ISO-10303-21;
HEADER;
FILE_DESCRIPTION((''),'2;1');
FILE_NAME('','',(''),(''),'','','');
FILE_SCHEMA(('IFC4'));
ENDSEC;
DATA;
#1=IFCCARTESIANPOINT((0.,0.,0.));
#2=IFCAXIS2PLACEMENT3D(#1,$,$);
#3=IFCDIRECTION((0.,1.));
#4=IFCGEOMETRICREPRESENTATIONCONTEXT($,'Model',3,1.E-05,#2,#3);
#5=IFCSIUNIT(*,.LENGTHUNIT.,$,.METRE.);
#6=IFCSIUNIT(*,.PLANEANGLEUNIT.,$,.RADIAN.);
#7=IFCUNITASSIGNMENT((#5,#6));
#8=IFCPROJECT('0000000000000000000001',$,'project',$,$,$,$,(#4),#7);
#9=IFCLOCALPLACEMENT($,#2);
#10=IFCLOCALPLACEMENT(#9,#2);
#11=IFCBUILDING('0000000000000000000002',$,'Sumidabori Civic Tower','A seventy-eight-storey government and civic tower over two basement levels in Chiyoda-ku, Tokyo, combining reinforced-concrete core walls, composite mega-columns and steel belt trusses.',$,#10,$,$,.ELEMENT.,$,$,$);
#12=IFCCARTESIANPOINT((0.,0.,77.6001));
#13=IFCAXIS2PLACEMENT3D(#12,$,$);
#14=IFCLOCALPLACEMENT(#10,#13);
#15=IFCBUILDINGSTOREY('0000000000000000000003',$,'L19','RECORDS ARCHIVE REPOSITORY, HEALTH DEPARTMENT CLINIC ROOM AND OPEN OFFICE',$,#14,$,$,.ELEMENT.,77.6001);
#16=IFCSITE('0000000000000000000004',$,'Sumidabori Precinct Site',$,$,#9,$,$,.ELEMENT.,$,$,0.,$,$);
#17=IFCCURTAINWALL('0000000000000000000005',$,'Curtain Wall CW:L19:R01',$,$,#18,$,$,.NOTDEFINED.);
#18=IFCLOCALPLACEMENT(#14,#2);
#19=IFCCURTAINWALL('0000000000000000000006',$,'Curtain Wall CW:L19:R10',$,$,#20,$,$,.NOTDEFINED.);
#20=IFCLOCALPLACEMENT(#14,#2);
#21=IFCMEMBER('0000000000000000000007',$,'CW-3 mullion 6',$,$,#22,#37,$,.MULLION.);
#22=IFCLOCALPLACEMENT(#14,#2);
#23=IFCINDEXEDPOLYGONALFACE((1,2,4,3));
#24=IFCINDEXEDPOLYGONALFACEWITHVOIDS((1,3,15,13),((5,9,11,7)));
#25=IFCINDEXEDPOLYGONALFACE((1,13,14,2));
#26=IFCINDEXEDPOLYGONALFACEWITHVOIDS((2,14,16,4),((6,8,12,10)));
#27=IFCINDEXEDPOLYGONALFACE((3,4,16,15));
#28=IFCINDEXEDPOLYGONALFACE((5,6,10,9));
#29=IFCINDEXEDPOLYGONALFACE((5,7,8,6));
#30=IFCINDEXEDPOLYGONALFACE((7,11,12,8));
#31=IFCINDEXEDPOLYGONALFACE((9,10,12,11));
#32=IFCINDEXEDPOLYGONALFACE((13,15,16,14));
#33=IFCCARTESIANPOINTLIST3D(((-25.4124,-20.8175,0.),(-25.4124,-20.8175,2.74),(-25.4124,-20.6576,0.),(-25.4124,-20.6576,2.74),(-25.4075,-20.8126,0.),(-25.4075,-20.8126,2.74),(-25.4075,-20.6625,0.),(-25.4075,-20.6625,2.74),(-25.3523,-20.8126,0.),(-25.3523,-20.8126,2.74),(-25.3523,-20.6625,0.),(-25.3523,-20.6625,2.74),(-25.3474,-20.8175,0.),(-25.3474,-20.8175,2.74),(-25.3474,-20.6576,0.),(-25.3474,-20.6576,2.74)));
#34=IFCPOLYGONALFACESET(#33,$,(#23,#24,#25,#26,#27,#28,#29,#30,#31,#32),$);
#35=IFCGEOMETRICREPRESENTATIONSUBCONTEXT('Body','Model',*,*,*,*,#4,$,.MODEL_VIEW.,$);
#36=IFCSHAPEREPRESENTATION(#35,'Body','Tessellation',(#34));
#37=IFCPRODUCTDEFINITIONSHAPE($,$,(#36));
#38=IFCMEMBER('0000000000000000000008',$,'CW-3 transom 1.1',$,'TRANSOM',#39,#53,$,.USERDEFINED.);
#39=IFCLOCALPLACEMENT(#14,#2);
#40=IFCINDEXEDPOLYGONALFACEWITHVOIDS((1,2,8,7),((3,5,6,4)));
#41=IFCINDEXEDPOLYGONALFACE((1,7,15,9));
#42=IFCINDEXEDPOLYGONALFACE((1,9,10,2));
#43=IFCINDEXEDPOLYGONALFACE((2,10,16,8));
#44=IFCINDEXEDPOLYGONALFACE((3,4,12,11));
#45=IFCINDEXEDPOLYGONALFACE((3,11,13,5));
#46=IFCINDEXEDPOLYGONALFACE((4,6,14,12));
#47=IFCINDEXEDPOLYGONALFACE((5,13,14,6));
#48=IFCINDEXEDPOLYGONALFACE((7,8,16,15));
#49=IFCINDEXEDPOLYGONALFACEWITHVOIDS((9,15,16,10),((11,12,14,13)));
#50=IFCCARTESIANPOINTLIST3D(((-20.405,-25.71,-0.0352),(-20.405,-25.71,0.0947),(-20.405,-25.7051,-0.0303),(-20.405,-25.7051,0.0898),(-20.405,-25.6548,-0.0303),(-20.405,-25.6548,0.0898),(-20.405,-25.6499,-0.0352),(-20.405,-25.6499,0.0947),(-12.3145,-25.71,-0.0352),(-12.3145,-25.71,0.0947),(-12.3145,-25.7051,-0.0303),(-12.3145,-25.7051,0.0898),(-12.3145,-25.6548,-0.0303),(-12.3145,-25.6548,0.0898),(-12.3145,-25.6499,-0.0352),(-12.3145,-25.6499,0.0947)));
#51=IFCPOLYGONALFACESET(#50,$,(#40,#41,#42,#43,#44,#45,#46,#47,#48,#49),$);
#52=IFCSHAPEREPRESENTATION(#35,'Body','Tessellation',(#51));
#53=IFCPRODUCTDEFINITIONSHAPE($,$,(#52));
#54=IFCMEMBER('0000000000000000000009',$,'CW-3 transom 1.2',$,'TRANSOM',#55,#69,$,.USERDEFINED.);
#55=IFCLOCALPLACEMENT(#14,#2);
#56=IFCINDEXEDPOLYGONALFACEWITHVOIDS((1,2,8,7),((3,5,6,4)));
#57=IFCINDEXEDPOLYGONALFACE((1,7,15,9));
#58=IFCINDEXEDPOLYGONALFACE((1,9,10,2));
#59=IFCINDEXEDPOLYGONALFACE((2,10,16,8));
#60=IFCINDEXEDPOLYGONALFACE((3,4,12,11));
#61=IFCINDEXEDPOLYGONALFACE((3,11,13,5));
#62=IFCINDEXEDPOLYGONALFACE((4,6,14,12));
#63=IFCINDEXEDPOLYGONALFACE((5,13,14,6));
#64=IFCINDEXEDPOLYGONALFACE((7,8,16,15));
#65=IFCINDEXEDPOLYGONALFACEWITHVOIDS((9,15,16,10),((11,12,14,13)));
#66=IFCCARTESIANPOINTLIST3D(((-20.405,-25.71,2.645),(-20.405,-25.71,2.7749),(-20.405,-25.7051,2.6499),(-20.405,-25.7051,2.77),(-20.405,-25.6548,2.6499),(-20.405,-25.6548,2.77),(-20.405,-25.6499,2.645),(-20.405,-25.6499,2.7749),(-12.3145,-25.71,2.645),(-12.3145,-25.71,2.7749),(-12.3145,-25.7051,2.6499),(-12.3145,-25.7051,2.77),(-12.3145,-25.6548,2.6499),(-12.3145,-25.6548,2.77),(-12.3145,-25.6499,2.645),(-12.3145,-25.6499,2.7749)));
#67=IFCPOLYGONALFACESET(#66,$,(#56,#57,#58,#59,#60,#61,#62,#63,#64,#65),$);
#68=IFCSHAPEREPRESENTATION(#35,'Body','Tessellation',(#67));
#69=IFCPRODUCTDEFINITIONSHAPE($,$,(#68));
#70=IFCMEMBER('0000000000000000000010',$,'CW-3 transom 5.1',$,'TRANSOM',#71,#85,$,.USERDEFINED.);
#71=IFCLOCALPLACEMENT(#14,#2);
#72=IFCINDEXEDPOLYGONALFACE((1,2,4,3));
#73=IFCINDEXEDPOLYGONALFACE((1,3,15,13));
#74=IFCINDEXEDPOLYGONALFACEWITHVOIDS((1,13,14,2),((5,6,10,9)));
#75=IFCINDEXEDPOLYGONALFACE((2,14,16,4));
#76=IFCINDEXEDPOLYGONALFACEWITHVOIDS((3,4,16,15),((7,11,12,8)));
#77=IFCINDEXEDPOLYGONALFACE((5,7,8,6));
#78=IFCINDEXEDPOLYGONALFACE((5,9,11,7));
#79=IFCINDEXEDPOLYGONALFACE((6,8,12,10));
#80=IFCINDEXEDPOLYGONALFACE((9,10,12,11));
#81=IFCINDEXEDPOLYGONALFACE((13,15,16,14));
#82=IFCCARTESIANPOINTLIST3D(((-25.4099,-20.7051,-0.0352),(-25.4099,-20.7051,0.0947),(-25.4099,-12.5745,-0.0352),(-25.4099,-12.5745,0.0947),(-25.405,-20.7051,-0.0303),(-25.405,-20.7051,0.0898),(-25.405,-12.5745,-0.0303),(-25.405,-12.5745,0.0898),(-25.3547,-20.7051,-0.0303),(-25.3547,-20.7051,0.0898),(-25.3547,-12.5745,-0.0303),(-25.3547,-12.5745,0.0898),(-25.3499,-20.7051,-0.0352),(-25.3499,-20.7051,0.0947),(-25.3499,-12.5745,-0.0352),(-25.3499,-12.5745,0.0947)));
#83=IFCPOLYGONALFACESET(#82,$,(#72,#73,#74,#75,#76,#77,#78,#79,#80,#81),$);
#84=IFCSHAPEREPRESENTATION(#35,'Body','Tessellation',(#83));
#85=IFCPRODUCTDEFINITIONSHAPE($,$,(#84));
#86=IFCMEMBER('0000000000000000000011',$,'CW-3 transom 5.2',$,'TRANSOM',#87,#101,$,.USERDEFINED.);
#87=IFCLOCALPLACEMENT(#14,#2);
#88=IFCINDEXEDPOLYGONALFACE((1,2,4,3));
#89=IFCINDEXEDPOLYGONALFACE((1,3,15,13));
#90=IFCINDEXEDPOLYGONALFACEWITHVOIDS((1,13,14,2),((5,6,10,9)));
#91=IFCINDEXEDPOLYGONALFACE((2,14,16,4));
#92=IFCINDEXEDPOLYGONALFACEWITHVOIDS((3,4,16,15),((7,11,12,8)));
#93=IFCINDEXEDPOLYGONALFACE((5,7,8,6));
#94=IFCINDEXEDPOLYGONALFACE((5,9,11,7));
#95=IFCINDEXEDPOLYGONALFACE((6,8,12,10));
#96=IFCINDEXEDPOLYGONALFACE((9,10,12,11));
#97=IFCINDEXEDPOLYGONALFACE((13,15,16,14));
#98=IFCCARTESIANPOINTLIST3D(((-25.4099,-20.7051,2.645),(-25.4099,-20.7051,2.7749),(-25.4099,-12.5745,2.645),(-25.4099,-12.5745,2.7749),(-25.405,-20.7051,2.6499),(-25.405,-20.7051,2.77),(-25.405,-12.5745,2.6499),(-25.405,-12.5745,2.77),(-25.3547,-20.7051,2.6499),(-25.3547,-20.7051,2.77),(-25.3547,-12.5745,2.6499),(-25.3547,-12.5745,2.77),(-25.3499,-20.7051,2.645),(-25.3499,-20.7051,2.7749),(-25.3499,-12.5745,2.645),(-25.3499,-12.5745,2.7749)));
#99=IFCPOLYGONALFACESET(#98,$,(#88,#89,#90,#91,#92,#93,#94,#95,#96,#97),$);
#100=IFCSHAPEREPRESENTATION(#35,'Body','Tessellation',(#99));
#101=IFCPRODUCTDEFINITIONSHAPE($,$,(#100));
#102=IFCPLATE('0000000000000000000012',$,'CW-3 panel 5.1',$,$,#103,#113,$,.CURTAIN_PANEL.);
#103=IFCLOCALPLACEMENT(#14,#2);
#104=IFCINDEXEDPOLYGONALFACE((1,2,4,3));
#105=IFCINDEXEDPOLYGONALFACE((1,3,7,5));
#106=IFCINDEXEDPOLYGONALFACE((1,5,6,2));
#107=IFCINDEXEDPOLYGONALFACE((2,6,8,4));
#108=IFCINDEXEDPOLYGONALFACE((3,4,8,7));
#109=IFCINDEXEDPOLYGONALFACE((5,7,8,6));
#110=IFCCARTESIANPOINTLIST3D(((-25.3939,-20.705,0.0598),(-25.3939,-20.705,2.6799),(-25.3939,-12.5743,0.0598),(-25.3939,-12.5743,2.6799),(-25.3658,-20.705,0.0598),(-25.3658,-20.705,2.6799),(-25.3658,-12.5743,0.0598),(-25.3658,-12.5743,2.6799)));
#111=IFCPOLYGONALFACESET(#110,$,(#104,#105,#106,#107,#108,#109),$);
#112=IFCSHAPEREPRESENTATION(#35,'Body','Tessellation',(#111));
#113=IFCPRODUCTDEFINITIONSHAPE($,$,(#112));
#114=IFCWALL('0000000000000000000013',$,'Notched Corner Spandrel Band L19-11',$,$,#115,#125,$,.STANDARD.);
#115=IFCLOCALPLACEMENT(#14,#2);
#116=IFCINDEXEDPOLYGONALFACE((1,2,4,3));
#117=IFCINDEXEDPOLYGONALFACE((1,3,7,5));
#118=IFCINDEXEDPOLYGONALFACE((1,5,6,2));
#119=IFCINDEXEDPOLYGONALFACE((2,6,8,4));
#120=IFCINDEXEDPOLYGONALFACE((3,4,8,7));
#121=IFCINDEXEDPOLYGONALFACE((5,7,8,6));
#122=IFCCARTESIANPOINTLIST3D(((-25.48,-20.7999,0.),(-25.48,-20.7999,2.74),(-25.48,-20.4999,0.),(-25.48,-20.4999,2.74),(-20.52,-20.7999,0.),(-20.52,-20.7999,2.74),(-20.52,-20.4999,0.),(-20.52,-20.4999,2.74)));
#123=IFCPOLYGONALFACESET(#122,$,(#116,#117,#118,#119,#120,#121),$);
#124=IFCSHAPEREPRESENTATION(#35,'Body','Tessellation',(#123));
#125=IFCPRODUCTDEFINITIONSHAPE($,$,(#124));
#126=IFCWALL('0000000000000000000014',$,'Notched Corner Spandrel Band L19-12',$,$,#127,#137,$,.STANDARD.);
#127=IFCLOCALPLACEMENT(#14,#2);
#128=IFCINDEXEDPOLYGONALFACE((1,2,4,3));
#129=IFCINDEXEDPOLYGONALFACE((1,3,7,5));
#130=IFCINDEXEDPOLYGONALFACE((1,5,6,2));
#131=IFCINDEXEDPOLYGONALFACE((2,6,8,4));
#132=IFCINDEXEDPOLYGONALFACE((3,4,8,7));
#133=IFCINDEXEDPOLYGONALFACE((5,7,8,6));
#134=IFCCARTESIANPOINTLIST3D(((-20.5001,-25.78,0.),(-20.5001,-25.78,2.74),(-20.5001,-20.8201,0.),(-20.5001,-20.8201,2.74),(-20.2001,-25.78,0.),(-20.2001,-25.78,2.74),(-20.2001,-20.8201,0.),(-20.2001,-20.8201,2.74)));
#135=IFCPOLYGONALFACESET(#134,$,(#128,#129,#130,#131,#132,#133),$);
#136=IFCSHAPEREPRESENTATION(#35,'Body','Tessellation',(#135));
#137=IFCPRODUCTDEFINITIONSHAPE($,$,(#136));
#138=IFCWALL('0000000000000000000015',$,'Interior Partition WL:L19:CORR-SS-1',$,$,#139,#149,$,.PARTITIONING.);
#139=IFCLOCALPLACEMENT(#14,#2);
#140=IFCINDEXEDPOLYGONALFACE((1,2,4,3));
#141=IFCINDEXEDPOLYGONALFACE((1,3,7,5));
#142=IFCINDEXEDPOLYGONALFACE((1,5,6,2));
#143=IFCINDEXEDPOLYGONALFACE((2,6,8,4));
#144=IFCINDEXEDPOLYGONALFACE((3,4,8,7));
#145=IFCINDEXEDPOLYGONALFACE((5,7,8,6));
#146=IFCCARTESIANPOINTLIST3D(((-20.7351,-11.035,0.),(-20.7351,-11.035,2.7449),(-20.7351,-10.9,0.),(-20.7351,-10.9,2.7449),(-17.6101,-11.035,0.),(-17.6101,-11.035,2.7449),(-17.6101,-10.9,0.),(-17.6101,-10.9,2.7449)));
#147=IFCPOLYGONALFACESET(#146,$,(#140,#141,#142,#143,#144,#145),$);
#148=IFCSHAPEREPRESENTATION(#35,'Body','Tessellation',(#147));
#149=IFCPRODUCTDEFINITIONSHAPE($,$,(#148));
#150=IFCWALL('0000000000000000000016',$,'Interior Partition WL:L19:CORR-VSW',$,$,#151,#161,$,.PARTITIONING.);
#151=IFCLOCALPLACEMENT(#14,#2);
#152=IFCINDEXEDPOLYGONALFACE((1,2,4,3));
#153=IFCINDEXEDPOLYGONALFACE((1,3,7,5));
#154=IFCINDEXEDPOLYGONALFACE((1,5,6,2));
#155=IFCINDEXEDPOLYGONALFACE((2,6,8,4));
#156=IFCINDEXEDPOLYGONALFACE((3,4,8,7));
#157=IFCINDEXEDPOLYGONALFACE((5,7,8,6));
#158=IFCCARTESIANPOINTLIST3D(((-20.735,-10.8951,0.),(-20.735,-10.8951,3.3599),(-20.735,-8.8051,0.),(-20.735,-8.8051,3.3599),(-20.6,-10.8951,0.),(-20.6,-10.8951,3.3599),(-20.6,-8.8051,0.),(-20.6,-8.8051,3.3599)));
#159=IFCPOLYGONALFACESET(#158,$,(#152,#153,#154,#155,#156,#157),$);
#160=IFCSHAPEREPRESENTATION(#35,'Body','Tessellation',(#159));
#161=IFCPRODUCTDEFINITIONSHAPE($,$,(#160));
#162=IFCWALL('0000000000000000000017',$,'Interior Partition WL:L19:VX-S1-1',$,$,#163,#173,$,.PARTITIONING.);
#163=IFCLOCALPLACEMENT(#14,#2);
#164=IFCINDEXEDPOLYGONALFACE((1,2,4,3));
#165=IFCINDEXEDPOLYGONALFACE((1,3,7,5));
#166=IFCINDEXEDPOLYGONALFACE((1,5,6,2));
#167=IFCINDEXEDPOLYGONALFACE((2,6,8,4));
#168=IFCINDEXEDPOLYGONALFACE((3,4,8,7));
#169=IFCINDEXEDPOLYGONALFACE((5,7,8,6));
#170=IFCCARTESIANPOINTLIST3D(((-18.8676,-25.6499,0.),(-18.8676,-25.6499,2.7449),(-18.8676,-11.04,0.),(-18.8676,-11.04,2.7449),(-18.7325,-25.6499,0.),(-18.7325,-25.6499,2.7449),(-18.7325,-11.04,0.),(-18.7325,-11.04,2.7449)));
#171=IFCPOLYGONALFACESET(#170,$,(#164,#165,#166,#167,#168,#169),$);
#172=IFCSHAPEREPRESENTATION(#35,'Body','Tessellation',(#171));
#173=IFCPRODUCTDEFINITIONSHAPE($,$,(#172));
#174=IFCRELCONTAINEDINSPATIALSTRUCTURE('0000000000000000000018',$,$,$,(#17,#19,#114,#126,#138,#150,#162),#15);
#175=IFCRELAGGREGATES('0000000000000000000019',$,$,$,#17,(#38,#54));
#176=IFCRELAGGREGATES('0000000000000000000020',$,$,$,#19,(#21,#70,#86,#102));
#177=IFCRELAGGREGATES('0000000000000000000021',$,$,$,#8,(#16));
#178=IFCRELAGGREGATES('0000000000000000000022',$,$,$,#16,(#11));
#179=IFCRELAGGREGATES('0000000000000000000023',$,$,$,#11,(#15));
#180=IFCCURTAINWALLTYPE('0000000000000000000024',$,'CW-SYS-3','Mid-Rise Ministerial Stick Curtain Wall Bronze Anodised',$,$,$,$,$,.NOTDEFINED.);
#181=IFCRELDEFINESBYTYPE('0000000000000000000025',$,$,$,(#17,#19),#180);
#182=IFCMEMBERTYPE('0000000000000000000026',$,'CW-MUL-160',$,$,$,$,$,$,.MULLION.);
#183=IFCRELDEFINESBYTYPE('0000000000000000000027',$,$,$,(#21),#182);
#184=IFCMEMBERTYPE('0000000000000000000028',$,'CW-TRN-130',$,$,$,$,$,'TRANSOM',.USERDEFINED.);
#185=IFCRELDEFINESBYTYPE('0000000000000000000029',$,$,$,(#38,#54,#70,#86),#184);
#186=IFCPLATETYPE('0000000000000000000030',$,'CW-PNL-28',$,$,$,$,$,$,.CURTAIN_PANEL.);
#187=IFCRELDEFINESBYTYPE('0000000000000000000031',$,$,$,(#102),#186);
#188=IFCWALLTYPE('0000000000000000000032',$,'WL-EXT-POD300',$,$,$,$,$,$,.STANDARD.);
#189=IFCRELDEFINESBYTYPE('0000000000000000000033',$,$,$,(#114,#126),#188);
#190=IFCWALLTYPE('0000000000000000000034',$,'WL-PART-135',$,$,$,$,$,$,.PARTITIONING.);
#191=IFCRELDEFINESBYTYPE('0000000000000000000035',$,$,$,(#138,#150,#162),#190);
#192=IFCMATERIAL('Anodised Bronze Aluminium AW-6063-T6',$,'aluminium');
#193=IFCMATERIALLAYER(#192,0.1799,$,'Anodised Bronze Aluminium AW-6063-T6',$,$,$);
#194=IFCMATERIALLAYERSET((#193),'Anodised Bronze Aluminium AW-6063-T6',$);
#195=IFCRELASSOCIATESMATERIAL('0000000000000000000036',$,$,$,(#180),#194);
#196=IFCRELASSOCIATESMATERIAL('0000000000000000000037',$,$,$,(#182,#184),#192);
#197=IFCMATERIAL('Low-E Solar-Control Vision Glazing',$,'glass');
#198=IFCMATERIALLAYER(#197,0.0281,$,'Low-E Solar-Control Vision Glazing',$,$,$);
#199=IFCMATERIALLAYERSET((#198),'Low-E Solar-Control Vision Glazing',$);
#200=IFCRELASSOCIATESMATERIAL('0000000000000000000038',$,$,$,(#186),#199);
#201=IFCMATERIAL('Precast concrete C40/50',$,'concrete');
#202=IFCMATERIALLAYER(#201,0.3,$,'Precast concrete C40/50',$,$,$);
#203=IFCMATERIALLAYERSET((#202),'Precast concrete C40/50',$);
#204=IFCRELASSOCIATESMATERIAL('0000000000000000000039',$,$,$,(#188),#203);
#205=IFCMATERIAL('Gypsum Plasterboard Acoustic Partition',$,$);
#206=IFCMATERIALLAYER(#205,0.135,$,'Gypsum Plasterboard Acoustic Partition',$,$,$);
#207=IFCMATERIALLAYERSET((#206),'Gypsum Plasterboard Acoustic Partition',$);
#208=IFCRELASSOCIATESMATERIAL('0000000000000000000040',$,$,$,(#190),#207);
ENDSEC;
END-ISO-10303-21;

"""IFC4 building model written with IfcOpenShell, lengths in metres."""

from ifc_helpers import new_model, si_unit, direction, frame, frame_2d, origin, origin_2d, place, context, subcontext, project, spatial, rectangle, hollow_rectangle, extrude, source, transform, mapped, material, layer, layer_set, material_profile, profile_set, type_object, element, aggregate, save


model = new_model("IFC4")

# Units and contexts
model_context = context("Model", 3, precision=1e-05, world=origin(), true_north=direction((0.0, 1.0)))
body_context = subcontext(model_context, "Body", "Model", "MODEL_VIEW")
ifc_project = project(units=[si_unit("LENGTHUNIT", "METRE"), si_unit("PLANEANGLEUNIT", "RADIAN")], contexts=[model_context])

# Site, building, storey
site_placement = place(None, origin())
site = spatial("IfcSite", under=ifc_project, at=site_placement, Name="Sumidabori Precinct Site", CompositionType="ELEMENT", RefElevation=0.0)
building_placement = place(site_placement, origin())
building = spatial("IfcBuilding", under=site, at=building_placement, Name="Sumidabori Civic Tower", Description="A seventy-eight-storey government and civic tower over two basement levels in Chiyoda-ku, Tokyo, combining reinforced-concrete core walls, composite mega-columns and steel belt trusses.", CompositionType="ELEMENT")
storey_placement = place(building_placement, frame((0.0, 0.0, 77.6001)))
storey = spatial("IfcBuildingStorey", under=building, at=storey_placement, Name="L19", Description="RECORDS ARCHIVE REPOSITORY, HEALTH DEPARTMENT CLINIC ROOM AND OPEN OFFICE", CompositionType="ELEMENT", Elevation=77.6001)

# Curtain wall
ifc_material_1 = material(Name="Anodised Bronze Aluminium AW-6063-T6", Category="aluminium")
ifc_layer_1 = layer(ifc_material_1, 0.1799, Name="Anodised Bronze Aluminium AW-6063-T6")
ifc_layer_set_1 = layer_set([ifc_layer_1], Name="Anodised Bronze Aluminium AW-6063-T6")
curtain_wall_type = type_object("IfcCurtainWallType", Name="CW-SYS-3", Description="Mid-Rise Ministerial Stick Curtain Wall Bronze Anodised", PredefinedType="NOTDEFINED", material=ifc_layer_set_1)
curtain_wall_1_placement = place(storey_placement, origin())
curtain_wall_1 = element("IfcCurtainWall", 1, at=curtain_wall_1_placement, inside=storey, type_object=curtain_wall_type, Name="Curtain Wall CW:L19:R01", PredefinedType="NOTDEFINED")
ifc_material_profile_1 = material_profile(ifc_material_1, hollow_rectangle(XDim=0.0649, YDim=0.1599, WallThickness=0.0049, at=origin_2d()), Name="ALU MULLION 160x65")
ifc_profile_set_1 = profile_set([ifc_material_profile_1], Name="Anodised Bronze Aluminium AW-6063-T6")
member_type_1 = type_object("IfcMemberType", Name="CW-MUL-160", PredefinedType="MULLION", material=ifc_profile_set_1)
shared_shape_1 = source(origin(), body_context, "Body", "SweptSolid", [
    extrude(hollow_rectangle(XDim=0.0649, YDim=0.1599, WallThickness=0.0049, at=origin_2d()), origin(), (0.0, 0.0, 1.0), 2.74),
])

# Curtain wall, member
curtain_wall_2_placement = place(storey_placement, origin())
curtain_wall_2 = element("IfcCurtainWall", 2, at=curtain_wall_2_placement, inside=storey, type_object=curtain_wall_type, Name="Curtain Wall CW:L19:R10", PredefinedType="NOTDEFINED")
member_1_placement = place(storey_placement, frame((-25.3799, -20.7375, 0.0), z_axis=(0.0, 0.0, 1.0), x_axis=(1.0, 0.0, 0.0)))
member_1 = element("IfcMember", 3, at=member_1_placement, type_object=member_type_1, Name="CW-3 mullion 6", PredefinedType="MULLION", context=body_context, shape_type="MappedRepresentation", body=[
    mapped(shared_shape_1, transform((0.0, 0.0, 0.0), x_axis=(1.0, 0.0, 0.0), y_axis=(0.0, 1.0, 0.0), z_axis=(0.0, 0.0, 1.0), scale=1.0)),
])

# Members
ifc_material_profile_2 = material_profile(ifc_material_1, hollow_rectangle(XDim=0.0601, YDim=0.1299, WallThickness=0.0049, at=origin_2d()), Name="ALU TRANSOM 130x60")
ifc_profile_set_2 = profile_set([ifc_material_profile_2], Name="Anodised Bronze Aluminium AW-6063-T6")
member_type_2 = type_object("IfcMemberType", Name="CW-TRN-130", ElementType="TRANSOM", PredefinedType="USERDEFINED", material=ifc_profile_set_2)
shared_shape_2 = source(origin(), body_context, "Body", "SweptSolid", [
    extrude(hollow_rectangle(XDim=0.0601, YDim=0.1299, WallThickness=0.0049, at=origin_2d()), origin(), (0.0, 0.0, 1.0), 8.0906),
])
member_2_placement = place(storey_placement, frame((-20.405, -25.6799, 0.0298), z_axis=(1.0, 0.0, 0.0), x_axis=(0.0, 1.0, 0.0)))
member_2 = element("IfcMember", 4, at=member_2_placement, type_object=member_type_2, Name="CW-3 transom 1.1", ObjectType="TRANSOM", PredefinedType="USERDEFINED", context=body_context, shape_type="MappedRepresentation", body=[
    mapped(shared_shape_2, transform((0.0, 0.0, 0.0), x_axis=(1.0, 0.0, 0.0), y_axis=(0.0, 1.0, 0.0), z_axis=(0.0, 0.0, 1.0), scale=1.0)),
])
member_3_placement = place(storey_placement, frame((-20.405, -25.6799, 2.71), z_axis=(1.0, 0.0, 0.0), x_axis=(0.0, 1.0, 0.0)))
member_3 = element("IfcMember", 5, at=member_3_placement, type_object=member_type_2, Name="CW-3 transom 1.2", ObjectType="TRANSOM", PredefinedType="USERDEFINED", context=body_context, shape_type="MappedRepresentation", body=[
    mapped(shared_shape_2, transform((0.0, 0.0, 0.0), x_axis=(1.0, 0.0, 0.0), y_axis=(0.0, 1.0, 0.0), z_axis=(0.0, 0.0, 1.0), scale=1.0)),
])
aggregate(curtain_wall_1, [member_2, member_3])
shared_shape_3 = source(origin(), body_context, "Body", "SweptSolid", [
    extrude(hollow_rectangle(XDim=0.0601, YDim=0.1299, WallThickness=0.0049, at=origin_2d()), origin(), (0.0, 0.0, 1.0), 8.1306),
])
member_4_placement = place(storey_placement, frame((-25.3799, -12.5745, 0.0298), z_axis=(0.0, -1.0, 0.0), x_axis=(1.0, 0.0, 0.0)))
member_4 = element("IfcMember", 6, at=member_4_placement, type_object=member_type_2, Name="CW-3 transom 5.1", ObjectType="TRANSOM", PredefinedType="USERDEFINED", context=body_context, shape_type="MappedRepresentation", body=[
    mapped(shared_shape_3, transform((0.0, 0.0, 0.0), x_axis=(1.0, 0.0, 0.0), y_axis=(0.0, 1.0, 0.0), z_axis=(0.0, 0.0, 1.0), scale=1.0)),
])
member_5_placement = place(storey_placement, frame((-25.3799, -12.5745, 2.71), z_axis=(0.0, -1.0, 0.0), x_axis=(1.0, 0.0, 0.0)))
member_5 = element("IfcMember", 7, at=member_5_placement, type_object=member_type_2, Name="CW-3 transom 5.2", ObjectType="TRANSOM", PredefinedType="USERDEFINED", context=body_context, shape_type="MappedRepresentation", body=[
    mapped(shared_shape_3, transform((0.0, 0.0, 0.0), x_axis=(1.0, 0.0, 0.0), y_axis=(0.0, 1.0, 0.0), z_axis=(0.0, 0.0, 1.0), scale=1.0)),
])

# Plate
ifc_material_2 = material(Name="Low-E Solar-Control Vision Glazing", Category="glass")
ifc_layer_2 = layer(ifc_material_2, 0.0281, Name="Low-E Solar-Control Vision Glazing")
ifc_layer_set_2 = layer_set([ifc_layer_2], Name="Low-E Solar-Control Vision Glazing")
plate_type = type_object("IfcPlateType", Name="CW-PNL-28", PredefinedType="CURTAIN_PANEL", material=ifc_layer_set_2)
shared_shape_4 = source(origin(), body_context, "Body", "SweptSolid", [
    extrude(rectangle(XDim=8.1306, YDim=0.0281, at=origin_2d()), origin(), (0.0, 0.0, 1.0), 2.6201),
])
plate_placement = place(storey_placement, frame((-25.3799, -16.6396, 0.0598), z_axis=(0.0, 0.0, 1.0), x_axis=(0.0, -1.0, 0.0)))
plate = element("IfcPlate", 8, at=plate_placement, type_object=plate_type, Name="CW-3 panel 5.1", PredefinedType="CURTAIN_PANEL", context=body_context, shape_type="MappedRepresentation", body=[
    mapped(shared_shape_4, transform((0.0, 0.0, 0.0), x_axis=(1.0, 0.0, 0.0), y_axis=(0.0, 1.0, 0.0), z_axis=(0.0, 0.0, 1.0), scale=1.0)),
])
aggregate(curtain_wall_2, [member_1, member_4, member_5, plate])

# Walls
ifc_material_3 = material(Name="Precast concrete C40/50", Category="concrete")
ifc_layer_3 = layer(ifc_material_3, 0.3, Name="Precast concrete C40/50")
ifc_layer_set_3 = layer_set([ifc_layer_3], Name="Precast concrete C40/50")
wall_type_1 = type_object("IfcWallType", Name="WL-EXT-POD300", PredefinedType="STANDARD", material=ifc_layer_set_3)
shared_shape_5 = source(origin(), body_context, "Body", "SweptSolid", [
    extrude(rectangle(XDim=4.96, YDim=0.3, at=frame_2d((2.48, 0.0))), origin(), (0.0, 0.0, 1.0), 2.74),
])
for number, where, z_axis, x_axis, name in (
    (9, (-25.48, -20.6499, 0.0), (0.0, 0.0, 1.0), (1.0, 0.0, 0.0), "Notched Corner Spandrel Band L19-11"),
    (10, (-20.3501, -20.8201, 0.0), (0.0, 0.0, 1.0), (0.0, -1.0, 0.0), "Notched Corner Spandrel Band L19-12"),
):
    element("IfcWall", number, at=place(storey_placement, frame(where, z_axis=z_axis, x_axis=x_axis)), inside=storey, type_object=wall_type_1, Name=name, PredefinedType="STANDARD", context=body_context, shape_type="MappedRepresentation", body=[
        mapped(shared_shape_5, transform((0.0, 0.0, 0.0), x_axis=(1.0, 0.0, 0.0), y_axis=(0.0, 1.0, 0.0), z_axis=(0.0, 0.0, 1.0), scale=1.0)),
    ])
ifc_material_4 = material(Name="Gypsum Plasterboard Acoustic Partition")
ifc_layer_4 = layer(ifc_material_4, 0.135, Name="Gypsum Plasterboard Acoustic Partition")
ifc_layer_set_4 = layer_set([ifc_layer_4], Name="Gypsum Plasterboard Acoustic Partition")
wall_type_2 = type_object("IfcWallType", Name="WL-PART-135", PredefinedType="PARTITIONING", material=ifc_layer_set_4)
shared_shape_6 = source(origin(), body_context, "Body", "SweptSolid", [
    extrude(rectangle(XDim=3.125, YDim=0.135, at=frame_2d((1.5625, 0.0))), origin(), (0.0, 0.0, 1.0), 2.7449),
])
wall_1_placement = place(storey_placement, frame((-20.7351, -10.9675, 0.0), z_axis=(0.0, 0.0, 1.0), x_axis=(1.0, 0.0, 0.0)))
element("IfcWall", 11, at=wall_1_placement, inside=storey, type_object=wall_type_2, Name="Interior Partition WL:L19:CORR-SS-1", PredefinedType="PARTITIONING", context=body_context, shape_type="MappedRepresentation", body=[
    mapped(shared_shape_6, transform((0.0, 0.0, 0.0), x_axis=(1.0, 0.0, 0.0), y_axis=(0.0, 1.0, 0.0), z_axis=(0.0, 0.0, 1.0), scale=1.0)),
])
shared_shape_7 = source(origin(), body_context, "Body", "SweptSolid", [
    extrude(rectangle(XDim=2.0901, YDim=0.135, at=frame_2d((1.0449, 0.0))), origin(), (0.0, 0.0, 1.0), 3.3599),
])
wall_2_placement = place(storey_placement, frame((-20.6675, -10.895, 0.0), z_axis=(0.0, 0.0, 1.0), x_axis=(0.0, 1.0, 0.0)))
element("IfcWall", 12, at=wall_2_placement, inside=storey, type_object=wall_type_2, Name="Interior Partition WL:L19:CORR-VSW", PredefinedType="PARTITIONING", context=body_context, shape_type="MappedRepresentation", body=[
    mapped(shared_shape_7, transform((0.0, 0.0, 0.0), x_axis=(1.0, 0.0, 0.0), y_axis=(0.0, 1.0, 0.0), z_axis=(0.0, 0.0, 1.0), scale=1.0)),
])
shared_shape_8 = source(origin(), body_context, "Body", "SweptSolid", [
    extrude(rectangle(XDim=14.6099, YDim=0.135, at=frame_2d((7.3049, 0.0))), origin(), (0.0, 0.0, 1.0), 2.7449),
])
wall_3_placement = place(storey_placement, frame((-18.8, -25.6499, 0.0), z_axis=(0.0, 0.0, 1.0), x_axis=(0.0, 1.0, 0.0)))
element("IfcWall", 13, at=wall_3_placement, inside=storey, type_object=wall_type_2, Name="Interior Partition WL:L19:VX-S1-1", PredefinedType="PARTITIONING", context=body_context, shape_type="MappedRepresentation", body=[
    mapped(shared_shape_8, transform((0.0, 0.0, 0.0), x_axis=(1.0, 0.0, 0.0), y_axis=(0.0, 1.0, 0.0), z_axis=(0.0, 0.0, 1.0), scale=1.0)),
])

save(model, "model.ifc")
